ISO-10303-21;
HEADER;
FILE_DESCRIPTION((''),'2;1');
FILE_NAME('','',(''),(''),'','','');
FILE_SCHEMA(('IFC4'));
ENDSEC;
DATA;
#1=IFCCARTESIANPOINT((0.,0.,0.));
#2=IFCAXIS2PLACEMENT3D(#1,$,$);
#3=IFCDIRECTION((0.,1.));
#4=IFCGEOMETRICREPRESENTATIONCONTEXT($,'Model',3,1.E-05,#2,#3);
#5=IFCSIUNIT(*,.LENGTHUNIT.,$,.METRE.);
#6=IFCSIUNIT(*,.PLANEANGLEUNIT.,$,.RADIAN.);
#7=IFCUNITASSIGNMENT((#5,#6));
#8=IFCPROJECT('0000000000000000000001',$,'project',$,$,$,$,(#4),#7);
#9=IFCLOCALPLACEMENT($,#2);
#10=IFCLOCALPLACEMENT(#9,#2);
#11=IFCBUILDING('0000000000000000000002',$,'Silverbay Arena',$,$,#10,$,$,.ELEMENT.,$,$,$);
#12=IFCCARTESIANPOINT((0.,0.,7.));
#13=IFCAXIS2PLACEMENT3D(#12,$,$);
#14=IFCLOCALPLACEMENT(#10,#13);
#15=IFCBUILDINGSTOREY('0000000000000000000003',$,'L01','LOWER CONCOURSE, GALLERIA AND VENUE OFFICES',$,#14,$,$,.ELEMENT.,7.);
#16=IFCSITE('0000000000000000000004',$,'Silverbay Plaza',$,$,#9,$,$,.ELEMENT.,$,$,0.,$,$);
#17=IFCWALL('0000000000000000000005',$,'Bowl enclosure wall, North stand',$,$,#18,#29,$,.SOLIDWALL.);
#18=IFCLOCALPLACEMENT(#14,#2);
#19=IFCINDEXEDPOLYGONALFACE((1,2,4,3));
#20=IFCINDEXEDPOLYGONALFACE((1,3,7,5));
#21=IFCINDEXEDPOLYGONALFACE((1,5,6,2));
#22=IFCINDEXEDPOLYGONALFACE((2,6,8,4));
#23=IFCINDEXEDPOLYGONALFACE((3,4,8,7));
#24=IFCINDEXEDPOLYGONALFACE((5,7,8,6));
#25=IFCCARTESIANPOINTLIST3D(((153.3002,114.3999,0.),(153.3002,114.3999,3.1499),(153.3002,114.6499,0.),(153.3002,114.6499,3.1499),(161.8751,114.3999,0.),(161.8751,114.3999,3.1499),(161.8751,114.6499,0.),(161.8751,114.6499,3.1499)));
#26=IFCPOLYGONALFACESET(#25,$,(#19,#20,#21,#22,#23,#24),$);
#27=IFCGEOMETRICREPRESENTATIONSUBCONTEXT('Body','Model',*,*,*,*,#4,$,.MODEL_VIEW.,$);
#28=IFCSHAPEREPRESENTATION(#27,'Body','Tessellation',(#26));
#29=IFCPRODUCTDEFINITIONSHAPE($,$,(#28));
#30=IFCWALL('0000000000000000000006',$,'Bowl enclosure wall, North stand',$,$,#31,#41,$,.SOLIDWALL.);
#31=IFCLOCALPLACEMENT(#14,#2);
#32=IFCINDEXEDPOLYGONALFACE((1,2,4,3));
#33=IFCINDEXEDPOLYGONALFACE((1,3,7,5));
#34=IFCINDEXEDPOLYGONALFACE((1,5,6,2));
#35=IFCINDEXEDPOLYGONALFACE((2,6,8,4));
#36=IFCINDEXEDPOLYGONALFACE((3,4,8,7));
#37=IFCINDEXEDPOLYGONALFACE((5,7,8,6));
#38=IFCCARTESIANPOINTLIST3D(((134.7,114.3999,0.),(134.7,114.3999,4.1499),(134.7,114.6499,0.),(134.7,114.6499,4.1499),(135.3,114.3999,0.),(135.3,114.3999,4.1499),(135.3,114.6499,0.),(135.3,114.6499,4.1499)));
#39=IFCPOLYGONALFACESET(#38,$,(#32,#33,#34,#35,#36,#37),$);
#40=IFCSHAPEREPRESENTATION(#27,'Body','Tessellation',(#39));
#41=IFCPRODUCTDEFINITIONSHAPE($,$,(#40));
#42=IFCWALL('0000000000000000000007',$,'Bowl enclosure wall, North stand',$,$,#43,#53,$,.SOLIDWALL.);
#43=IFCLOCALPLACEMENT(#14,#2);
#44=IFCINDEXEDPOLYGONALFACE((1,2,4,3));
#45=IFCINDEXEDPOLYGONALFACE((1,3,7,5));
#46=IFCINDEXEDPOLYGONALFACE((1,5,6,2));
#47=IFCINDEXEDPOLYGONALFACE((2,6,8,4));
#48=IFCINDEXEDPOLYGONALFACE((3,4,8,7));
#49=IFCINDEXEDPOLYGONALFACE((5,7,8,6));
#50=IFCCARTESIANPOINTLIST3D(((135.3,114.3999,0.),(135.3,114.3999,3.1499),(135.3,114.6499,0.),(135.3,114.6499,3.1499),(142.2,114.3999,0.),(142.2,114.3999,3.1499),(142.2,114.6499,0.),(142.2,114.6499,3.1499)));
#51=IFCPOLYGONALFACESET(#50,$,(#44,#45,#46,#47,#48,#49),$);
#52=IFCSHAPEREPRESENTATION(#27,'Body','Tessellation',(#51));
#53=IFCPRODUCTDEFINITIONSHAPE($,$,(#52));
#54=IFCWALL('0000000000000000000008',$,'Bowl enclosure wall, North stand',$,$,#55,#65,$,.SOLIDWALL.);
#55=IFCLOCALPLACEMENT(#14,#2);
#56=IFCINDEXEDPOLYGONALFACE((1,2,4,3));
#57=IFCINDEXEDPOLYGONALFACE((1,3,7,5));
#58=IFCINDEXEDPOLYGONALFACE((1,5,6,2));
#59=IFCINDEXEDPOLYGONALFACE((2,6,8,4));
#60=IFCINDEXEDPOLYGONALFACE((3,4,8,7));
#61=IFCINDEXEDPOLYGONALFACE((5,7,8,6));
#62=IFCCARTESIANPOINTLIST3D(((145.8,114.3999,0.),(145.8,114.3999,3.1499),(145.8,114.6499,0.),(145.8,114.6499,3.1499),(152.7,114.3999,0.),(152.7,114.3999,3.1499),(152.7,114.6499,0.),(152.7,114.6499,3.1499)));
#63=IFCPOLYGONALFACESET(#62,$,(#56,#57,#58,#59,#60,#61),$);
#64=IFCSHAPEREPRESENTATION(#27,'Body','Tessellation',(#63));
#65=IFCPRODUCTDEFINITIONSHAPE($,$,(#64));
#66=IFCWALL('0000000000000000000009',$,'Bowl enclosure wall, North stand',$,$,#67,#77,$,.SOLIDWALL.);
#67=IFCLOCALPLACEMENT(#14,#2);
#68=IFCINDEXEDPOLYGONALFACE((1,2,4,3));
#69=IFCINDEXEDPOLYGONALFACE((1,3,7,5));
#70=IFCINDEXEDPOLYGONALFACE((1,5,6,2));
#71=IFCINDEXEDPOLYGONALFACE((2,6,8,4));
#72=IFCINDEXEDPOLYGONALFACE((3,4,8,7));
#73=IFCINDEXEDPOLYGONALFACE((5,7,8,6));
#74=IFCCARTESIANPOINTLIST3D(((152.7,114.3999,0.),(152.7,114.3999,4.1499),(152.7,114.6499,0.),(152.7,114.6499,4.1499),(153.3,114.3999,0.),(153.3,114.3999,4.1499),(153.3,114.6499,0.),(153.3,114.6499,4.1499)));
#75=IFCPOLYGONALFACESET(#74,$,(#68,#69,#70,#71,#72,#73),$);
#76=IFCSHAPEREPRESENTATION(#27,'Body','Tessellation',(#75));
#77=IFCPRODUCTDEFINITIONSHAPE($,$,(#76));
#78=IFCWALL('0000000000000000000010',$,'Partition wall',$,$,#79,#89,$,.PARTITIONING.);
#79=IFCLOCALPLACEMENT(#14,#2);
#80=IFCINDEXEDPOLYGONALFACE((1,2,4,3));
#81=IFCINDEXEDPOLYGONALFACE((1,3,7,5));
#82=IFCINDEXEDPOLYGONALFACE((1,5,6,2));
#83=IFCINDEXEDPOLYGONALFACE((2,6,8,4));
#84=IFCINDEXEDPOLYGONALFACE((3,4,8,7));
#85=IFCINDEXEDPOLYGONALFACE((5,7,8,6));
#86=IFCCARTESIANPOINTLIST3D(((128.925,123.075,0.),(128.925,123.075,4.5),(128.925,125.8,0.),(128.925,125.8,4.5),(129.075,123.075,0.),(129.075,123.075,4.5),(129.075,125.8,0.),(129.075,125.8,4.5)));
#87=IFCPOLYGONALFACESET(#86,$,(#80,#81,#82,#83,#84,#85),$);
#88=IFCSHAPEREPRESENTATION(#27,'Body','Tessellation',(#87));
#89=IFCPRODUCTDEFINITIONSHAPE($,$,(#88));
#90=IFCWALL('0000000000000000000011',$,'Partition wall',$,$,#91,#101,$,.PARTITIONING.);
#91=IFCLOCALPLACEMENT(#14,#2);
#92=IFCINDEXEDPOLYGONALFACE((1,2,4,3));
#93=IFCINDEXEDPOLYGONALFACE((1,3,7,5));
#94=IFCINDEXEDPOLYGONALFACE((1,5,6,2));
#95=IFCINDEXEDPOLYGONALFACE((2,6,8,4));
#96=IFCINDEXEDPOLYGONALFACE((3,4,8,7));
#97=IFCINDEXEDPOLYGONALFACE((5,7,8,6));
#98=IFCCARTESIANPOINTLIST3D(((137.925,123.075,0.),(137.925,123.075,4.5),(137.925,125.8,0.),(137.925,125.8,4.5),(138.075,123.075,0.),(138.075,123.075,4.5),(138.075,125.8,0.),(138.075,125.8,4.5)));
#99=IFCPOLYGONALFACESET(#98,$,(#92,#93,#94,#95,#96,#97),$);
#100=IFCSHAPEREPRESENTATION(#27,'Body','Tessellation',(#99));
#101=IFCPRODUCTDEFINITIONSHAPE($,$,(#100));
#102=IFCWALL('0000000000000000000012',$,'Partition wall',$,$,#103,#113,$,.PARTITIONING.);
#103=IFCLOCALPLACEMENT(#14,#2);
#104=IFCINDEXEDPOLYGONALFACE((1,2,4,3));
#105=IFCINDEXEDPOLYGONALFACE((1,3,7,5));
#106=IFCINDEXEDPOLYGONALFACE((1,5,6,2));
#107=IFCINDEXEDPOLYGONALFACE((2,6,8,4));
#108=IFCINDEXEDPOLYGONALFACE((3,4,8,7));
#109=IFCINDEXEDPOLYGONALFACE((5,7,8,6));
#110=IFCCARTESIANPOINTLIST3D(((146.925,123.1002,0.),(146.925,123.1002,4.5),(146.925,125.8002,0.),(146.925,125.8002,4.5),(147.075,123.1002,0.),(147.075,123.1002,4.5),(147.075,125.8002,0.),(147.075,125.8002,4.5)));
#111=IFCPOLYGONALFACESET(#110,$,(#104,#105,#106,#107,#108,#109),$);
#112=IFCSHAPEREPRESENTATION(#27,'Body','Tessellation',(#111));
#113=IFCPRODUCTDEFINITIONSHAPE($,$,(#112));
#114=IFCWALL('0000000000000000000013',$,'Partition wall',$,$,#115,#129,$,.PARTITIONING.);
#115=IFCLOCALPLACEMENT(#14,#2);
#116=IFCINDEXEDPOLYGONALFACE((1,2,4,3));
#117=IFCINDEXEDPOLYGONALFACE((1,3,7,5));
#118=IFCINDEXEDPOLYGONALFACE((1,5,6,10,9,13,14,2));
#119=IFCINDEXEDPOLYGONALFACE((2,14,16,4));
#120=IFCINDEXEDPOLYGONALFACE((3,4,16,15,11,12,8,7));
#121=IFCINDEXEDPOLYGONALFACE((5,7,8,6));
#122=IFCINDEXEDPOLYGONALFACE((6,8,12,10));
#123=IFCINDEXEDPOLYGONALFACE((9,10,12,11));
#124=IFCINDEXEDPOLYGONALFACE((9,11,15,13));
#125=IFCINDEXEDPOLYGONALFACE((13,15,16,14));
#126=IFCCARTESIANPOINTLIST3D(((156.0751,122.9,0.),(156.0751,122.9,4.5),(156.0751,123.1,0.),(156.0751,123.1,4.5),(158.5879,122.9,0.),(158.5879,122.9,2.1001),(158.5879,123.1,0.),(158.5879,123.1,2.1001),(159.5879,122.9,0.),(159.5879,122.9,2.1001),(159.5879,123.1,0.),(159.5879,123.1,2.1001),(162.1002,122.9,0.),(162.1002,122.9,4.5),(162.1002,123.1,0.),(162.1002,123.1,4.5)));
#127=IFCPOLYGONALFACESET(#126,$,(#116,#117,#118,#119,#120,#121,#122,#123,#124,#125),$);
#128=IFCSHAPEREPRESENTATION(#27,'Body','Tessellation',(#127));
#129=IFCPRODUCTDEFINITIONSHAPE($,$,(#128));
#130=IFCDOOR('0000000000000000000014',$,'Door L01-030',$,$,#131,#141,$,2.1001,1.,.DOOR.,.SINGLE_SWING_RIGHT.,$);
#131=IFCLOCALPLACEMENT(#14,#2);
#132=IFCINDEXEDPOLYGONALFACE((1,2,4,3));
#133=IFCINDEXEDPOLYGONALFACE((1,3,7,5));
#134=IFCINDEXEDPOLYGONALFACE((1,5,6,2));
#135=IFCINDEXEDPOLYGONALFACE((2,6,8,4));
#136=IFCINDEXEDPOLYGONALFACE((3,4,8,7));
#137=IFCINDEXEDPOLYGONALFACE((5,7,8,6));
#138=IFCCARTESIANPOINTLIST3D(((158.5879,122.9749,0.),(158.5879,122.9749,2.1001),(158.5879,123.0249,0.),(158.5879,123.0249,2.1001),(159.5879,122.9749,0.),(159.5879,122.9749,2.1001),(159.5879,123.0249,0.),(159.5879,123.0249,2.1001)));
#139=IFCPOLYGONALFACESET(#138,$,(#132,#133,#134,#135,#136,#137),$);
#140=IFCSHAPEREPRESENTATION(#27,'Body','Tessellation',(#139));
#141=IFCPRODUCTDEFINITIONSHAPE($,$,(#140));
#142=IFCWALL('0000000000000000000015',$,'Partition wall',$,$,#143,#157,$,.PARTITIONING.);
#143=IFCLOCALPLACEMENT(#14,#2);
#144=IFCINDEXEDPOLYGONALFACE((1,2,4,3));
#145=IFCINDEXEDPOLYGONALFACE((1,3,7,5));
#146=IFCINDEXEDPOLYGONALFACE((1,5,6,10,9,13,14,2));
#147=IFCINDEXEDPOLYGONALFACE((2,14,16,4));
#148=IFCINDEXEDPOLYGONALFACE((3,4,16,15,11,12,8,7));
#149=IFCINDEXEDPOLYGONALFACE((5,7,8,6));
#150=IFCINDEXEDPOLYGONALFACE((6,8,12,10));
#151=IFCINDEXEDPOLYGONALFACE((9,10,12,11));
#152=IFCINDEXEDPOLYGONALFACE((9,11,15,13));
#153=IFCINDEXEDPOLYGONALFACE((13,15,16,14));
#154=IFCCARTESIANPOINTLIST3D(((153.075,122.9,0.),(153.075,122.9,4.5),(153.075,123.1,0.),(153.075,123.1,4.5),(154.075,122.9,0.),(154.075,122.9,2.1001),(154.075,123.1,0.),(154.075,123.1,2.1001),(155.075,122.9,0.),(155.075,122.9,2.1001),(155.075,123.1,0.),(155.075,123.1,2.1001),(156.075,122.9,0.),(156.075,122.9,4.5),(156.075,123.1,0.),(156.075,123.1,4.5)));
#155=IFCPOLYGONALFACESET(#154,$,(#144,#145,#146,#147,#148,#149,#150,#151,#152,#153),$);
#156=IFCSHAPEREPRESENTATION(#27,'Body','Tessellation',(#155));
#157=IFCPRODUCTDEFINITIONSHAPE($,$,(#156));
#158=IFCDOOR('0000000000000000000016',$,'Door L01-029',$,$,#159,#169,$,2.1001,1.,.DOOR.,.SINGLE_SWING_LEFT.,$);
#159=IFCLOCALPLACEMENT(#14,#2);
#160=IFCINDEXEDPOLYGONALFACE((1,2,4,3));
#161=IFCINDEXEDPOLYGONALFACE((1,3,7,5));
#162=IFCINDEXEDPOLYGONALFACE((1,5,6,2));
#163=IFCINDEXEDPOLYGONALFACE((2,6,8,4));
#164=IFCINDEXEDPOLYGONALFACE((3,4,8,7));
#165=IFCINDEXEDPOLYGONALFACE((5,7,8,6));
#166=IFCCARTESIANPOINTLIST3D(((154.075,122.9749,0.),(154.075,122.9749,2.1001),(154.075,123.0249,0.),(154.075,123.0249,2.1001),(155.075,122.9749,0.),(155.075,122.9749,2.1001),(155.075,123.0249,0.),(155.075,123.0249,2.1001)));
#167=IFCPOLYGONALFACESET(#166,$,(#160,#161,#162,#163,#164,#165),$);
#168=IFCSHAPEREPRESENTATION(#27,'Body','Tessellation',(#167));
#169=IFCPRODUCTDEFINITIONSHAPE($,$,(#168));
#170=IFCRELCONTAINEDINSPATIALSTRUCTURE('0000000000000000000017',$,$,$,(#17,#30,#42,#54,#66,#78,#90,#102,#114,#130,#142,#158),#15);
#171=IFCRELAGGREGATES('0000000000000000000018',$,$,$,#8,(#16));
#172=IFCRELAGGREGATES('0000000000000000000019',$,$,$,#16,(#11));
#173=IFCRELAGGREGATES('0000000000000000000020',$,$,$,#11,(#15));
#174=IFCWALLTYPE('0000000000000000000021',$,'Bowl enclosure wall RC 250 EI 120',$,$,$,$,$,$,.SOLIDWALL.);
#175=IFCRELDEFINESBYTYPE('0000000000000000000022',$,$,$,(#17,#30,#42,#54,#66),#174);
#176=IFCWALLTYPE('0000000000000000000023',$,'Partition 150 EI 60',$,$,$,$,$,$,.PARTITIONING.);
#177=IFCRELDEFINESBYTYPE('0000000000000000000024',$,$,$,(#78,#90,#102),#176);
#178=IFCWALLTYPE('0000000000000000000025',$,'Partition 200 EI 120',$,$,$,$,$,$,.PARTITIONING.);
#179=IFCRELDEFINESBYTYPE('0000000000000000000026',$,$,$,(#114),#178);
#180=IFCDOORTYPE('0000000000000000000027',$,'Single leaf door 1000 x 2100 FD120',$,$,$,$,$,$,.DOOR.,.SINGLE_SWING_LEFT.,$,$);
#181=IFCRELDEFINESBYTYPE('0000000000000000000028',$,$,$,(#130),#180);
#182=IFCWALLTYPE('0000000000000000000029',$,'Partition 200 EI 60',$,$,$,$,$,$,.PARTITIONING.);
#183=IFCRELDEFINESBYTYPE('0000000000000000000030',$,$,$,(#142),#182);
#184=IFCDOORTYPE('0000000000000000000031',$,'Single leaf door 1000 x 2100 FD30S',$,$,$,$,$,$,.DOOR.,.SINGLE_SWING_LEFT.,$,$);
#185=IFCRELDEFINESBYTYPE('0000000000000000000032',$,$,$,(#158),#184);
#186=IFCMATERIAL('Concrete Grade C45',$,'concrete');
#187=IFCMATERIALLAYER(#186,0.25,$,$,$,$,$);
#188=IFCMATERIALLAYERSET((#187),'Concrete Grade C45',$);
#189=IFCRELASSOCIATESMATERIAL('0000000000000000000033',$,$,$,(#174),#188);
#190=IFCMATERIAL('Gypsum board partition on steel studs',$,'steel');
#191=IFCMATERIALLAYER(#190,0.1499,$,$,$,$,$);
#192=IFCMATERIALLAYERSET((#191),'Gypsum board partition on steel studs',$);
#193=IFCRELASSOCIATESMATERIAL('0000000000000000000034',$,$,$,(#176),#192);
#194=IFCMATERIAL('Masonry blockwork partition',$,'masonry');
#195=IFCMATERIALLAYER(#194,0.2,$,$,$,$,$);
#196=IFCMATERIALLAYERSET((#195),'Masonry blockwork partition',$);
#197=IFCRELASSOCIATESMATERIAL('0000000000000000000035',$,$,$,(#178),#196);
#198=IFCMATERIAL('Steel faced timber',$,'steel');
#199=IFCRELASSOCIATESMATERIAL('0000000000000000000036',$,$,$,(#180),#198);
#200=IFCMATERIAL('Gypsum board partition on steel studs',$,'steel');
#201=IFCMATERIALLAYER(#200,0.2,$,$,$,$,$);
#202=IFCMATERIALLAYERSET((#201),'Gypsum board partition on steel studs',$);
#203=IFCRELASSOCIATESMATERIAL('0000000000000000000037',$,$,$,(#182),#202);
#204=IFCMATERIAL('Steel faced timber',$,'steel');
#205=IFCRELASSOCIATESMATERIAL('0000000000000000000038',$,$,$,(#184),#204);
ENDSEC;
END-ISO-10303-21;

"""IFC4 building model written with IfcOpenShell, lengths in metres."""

from ifc_helpers import new_model, si_unit, direction, frame, frame_2d, origin, place, context, subcontext, project, spatial, rectangle, extrude, material, layer, layer_set, type_object, element, fill, save


model = new_model("IFC4")

# Units and contexts
model_context = context("Model", 3, precision=1e-05, world=origin(), true_north=direction((0.0, 1.0)))
body_context = subcontext(model_context, "Body", "Model", "MODEL_VIEW")
ifc_project = project(units=[si_unit("LENGTHUNIT", "METRE"), si_unit("PLANEANGLEUNIT", "RADIAN")], contexts=[model_context])

# Site, building, storey
site_placement = place(None, origin())
site = spatial("IfcSite", under=ifc_project, at=site_placement, Name="Silverbay Plaza", CompositionType="ELEMENT", RefElevation=0.0)
building_placement = place(site_placement, origin())
building = spatial("IfcBuilding", under=site, at=building_placement, Name="Silverbay Arena", CompositionType="ELEMENT")
storey_placement = place(building_placement, frame((0.0, 0.0, 7.0)))
storey = spatial("IfcBuildingStorey", under=building, at=storey_placement, Name="L01", Description="LOWER CONCOURSE, GALLERIA AND VENUE OFFICES", CompositionType="ELEMENT", Elevation=7.0)

# Shared definitions
ifc_material_1 = material(Name="Concrete Grade C45", Category="concrete")
ifc_layer_1 = layer(ifc_material_1, 0.25)
ifc_layer_set_1 = layer_set([ifc_layer_1], Name="Concrete Grade C45")
wall_type_1 = type_object("IfcWallType", Name="Bowl enclosure wall RC 250 EI 120", PredefinedType="SOLIDWALL", material=ifc_layer_set_1)

# Walls
wall_1_placement = place(storey_placement, frame((153.3, 114.5249, 0.0), z_axis=(0.0, 0.0, 1.0), x_axis=(1.0, 0.0, 0.0)))
element("IfcWall", 1, at=wall_1_placement, inside=storey, type_object=wall_type_1, Name="Bowl enclosure wall, North stand", PredefinedType="SOLIDWALL", context=body_context, shape_type="SweptSolid", body=[
    extrude(rectangle(XDim=8.575, YDim=0.25, at=frame_2d((4.2876, 0.0))), origin(), (0.0, 0.0, 1.0), 3.1499),
])
wall_2_placement = place(storey_placement, frame((134.7, 114.5249, 0.0), z_axis=(0.0, 0.0, 1.0), x_axis=(1.0, 0.0, 0.0)))
element("IfcWall", 2, at=wall_2_placement, inside=storey, type_object=wall_type_1, Name="Bowl enclosure wall, North stand", PredefinedType="SOLIDWALL", context=body_context, shape_type="SweptSolid", body=[
    extrude(rectangle(XDim=0.6001, YDim=0.25, at=frame_2d((0.3, 0.0))), origin(), (0.0, 0.0, 1.0), 4.1499),
])
for number, where, z_axis, x_axis, name in (
    (3, (135.3, 114.5249, 0.0), (0.0, 0.0, 1.0), (1.0, 0.0, 0.0), "Bowl enclosure wall, North stand"),
    (4, (145.8, 114.5249, 0.0), (0.0, 0.0, 1.0), (1.0, 0.0, 0.0), "Bowl enclosure wall, North stand"),
):
    element("IfcWall", number, at=place(storey_placement, frame(where, z_axis=z_axis, x_axis=x_axis)), inside=storey, type_object=wall_type_1, Name=name, PredefinedType="SOLIDWALL", context=body_context, shape_type="SweptSolid", body=[
        extrude(rectangle(XDim=6.8999, YDim=0.25, at=frame_2d((3.45, 0.0))), origin(), (0.0, 0.0, 1.0), 3.1499),
    ])
wall_3_placement = place(storey_placement, frame((152.7, 114.5249, 0.0), z_axis=(0.0, 0.0, 1.0), x_axis=(1.0, 0.0, 0.0)))
element("IfcWall", 5, at=wall_3_placement, inside=storey, type_object=wall_type_1, Name="Bowl enclosure wall, North stand", PredefinedType="SOLIDWALL", context=body_context, shape_type="SweptSolid", body=[
    extrude(rectangle(XDim=0.6001, YDim=0.25, at=frame_2d((0.3, 0.0))), origin(), (0.0, 0.0, 1.0), 4.1499),
])

# Shared definitions
ifc_material_2 = material(Name="Gypsum board partition on steel studs", Category="steel")
ifc_layer_2 = layer(ifc_material_2, 0.1499)
ifc_layer_set_2 = layer_set([ifc_layer_2], Name="Gypsum board partition on steel studs")
wall_type_2 = type_object("IfcWallType", Name="Partition 150 EI 60", PredefinedType="PARTITIONING", material=ifc_layer_set_2)

# Walls
for number, where, z_axis, x_axis, name in (
    (6, (129.0, 123.075, 0.0), (0.0, 0.0, 1.0), (0.0, 1.0, 0.0), "Partition wall"),
    (7, (138.0, 123.075, 0.0), (0.0, 0.0, 1.0), (0.0, 1.0, 0.0), "Partition wall"),
):
    element("IfcWall", number, at=place(storey_placement, frame(where, z_axis=z_axis, x_axis=x_axis)), inside=storey, type_object=wall_type_2, Name=name, PredefinedType="PARTITIONING", context=body_context, shape_type="SweptSolid", body=[
        extrude(rectangle(XDim=2.7251, YDim=0.1499, at=frame_2d((1.3625, 0.0))), origin(), (0.0, 0.0, 1.0), 4.5),
    ])
wall_4_placement = place(storey_placement, frame((147.0, 123.1001, 0.0), z_axis=(0.0, 0.0, 1.0), x_axis=(0.0, 1.0, 0.0)))
element("IfcWall", 8, at=wall_4_placement, inside=storey, type_object=wall_type_2, Name="Partition wall", PredefinedType="PARTITIONING", context=body_context, shape_type="SweptSolid", body=[
    extrude(rectangle(XDim=2.7, YDim=0.1499, at=frame_2d((1.3501, 0.0))), origin(), (0.0, 0.0, 1.0), 4.5),
])

# Walls, openings, doors
ifc_material_3 = material(Name="Masonry blockwork partition", Category="masonry")
ifc_layer_3 = layer(ifc_material_3, 0.2)
ifc_layer_set_3 = layer_set([ifc_layer_3], Name="Masonry blockwork partition")
wall_type_3 = type_object("IfcWallType", Name="Partition 200 EI 120", PredefinedType="PARTITIONING", material=ifc_layer_set_3)
wall_5_placement = place(storey_placement, frame((156.075, 123.0, 0.0), z_axis=(0.0, 0.0, 1.0), x_axis=(1.0, 0.0, 0.0)))
wall_5 = element("IfcWall", 9, at=wall_5_placement, inside=storey, type_object=wall_type_3, Name="Partition wall", PredefinedType="PARTITIONING", context=body_context, shape_type="SweptSolid", body=[
    extrude(rectangle(XDim=6.0251, YDim=0.2, at=frame_2d((3.0127, 0.0))), origin(), (0.0, 0.0, 1.0), 4.5),
])
opening_1_placement = place(wall_5_placement, frame((2.5129, 0.0, 0.0)))
opening_1 = element("IfcOpeningElement", 10, at=opening_1_placement, cuts=wall_5, PredefinedType="OPENING", context=body_context, shape_type="SweptSolid", body=[
    extrude(rectangle(XDim=1.0, YDim=2.1001, at=frame_2d((0.5, 1.05))), frame((0.0, 0.1099, 0.0), z_axis=(0.0, -1.0, 0.0), x_axis=(1.0, 0.0, 0.0)), (0.0, 0.0, 1.0), 0.22),
])
ifc_material_4 = material(Name="Steel faced timber", Category="steel")
door_type_1 = type_object("IfcDoorType", Name="Single leaf door 1000 x 2100 FD120", OperationType="SINGLE_SWING_LEFT", PredefinedType="DOOR", material=ifc_material_4)
door_1_placement = place(opening_1_placement, origin())
door_1 = element("IfcDoor", 11, at=door_1_placement, inside=storey, type_object=door_type_1, Name="Door L01-030", OperationType="SINGLE_SWING_RIGHT", OverallHeight=2.1001, OverallWidth=1.0, PredefinedType="DOOR", context=body_context, shape_type="SweptSolid", body=[
    extrude(rectangle(XDim=1.0, YDim=2.1001, at=frame_2d((0.5, 1.05))), frame((0.0, 0.0249, 0.0), z_axis=(0.0, -1.0, 0.0), x_axis=(1.0, 0.0, 0.0)), (0.0, 0.0, 1.0), 0.05),
])
fill(opening_1, door_1)
ifc_material_5 = material(Name="Gypsum board partition on steel studs", Category="steel")
ifc_layer_4 = layer(ifc_material_5, 0.2)
ifc_layer_set_4 = layer_set([ifc_layer_4], Name="Gypsum board partition on steel studs")
wall_type_4 = type_object("IfcWallType", Name="Partition 200 EI 60", PredefinedType="PARTITIONING", material=ifc_layer_set_4)
wall_6_placement = place(storey_placement, frame((153.075, 123.0, 0.0), z_axis=(0.0, 0.0, 1.0), x_axis=(1.0, 0.0, 0.0)))
wall_6 = element("IfcWall", 12, at=wall_6_placement, inside=storey, type_object=wall_type_4, Name="Partition wall", PredefinedType="PARTITIONING", context=body_context, shape_type="SweptSolid", body=[
    extrude(rectangle(XDim=3.0, YDim=0.2, at=frame_2d((1.5, 0.0))), origin(), (0.0, 0.0, 1.0), 4.5),
])
opening_2_placement = place(wall_6_placement, frame((1.0, 0.0, 0.0)))
opening_2 = element("IfcOpeningElement", 13, at=opening_2_placement, cuts=wall_6, PredefinedType="OPENING", context=body_context, shape_type="SweptSolid", body=[
    extrude(rectangle(XDim=1.0, YDim=2.1001, at=frame_2d((0.5, 1.05))), frame((0.0, 0.1099, 0.0), z_axis=(0.0, -1.0, 0.0), x_axis=(1.0, 0.0, 0.0)), (0.0, 0.0, 1.0), 0.22),
])
ifc_material_6 = material(Name="Steel faced timber", Category="steel")
door_type_2 = type_object("IfcDoorType", Name="Single leaf door 1000 x 2100 FD30S", OperationType="SINGLE_SWING_LEFT", PredefinedType="DOOR", material=ifc_material_6)
door_2_placement = place(opening_2_placement, origin())
door_2 = element("IfcDoor", 14, at=door_2_placement, inside=storey, type_object=door_type_2, Name="Door L01-029", OperationType="SINGLE_SWING_LEFT", OverallHeight=2.1001, OverallWidth=1.0, PredefinedType="DOOR", context=body_context, shape_type="SweptSolid", body=[
    extrude(rectangle(XDim=1.0, YDim=2.1001, at=frame_2d((0.5, 1.05))), frame((0.0, 0.0249, 0.0), z_axis=(0.0, -1.0, 0.0), x_axis=(1.0, 0.0, 0.0)), (0.0, 0.0, 1.0), 0.05),
])
fill(opening_2, door_2)

save(model, "model.ifc")
